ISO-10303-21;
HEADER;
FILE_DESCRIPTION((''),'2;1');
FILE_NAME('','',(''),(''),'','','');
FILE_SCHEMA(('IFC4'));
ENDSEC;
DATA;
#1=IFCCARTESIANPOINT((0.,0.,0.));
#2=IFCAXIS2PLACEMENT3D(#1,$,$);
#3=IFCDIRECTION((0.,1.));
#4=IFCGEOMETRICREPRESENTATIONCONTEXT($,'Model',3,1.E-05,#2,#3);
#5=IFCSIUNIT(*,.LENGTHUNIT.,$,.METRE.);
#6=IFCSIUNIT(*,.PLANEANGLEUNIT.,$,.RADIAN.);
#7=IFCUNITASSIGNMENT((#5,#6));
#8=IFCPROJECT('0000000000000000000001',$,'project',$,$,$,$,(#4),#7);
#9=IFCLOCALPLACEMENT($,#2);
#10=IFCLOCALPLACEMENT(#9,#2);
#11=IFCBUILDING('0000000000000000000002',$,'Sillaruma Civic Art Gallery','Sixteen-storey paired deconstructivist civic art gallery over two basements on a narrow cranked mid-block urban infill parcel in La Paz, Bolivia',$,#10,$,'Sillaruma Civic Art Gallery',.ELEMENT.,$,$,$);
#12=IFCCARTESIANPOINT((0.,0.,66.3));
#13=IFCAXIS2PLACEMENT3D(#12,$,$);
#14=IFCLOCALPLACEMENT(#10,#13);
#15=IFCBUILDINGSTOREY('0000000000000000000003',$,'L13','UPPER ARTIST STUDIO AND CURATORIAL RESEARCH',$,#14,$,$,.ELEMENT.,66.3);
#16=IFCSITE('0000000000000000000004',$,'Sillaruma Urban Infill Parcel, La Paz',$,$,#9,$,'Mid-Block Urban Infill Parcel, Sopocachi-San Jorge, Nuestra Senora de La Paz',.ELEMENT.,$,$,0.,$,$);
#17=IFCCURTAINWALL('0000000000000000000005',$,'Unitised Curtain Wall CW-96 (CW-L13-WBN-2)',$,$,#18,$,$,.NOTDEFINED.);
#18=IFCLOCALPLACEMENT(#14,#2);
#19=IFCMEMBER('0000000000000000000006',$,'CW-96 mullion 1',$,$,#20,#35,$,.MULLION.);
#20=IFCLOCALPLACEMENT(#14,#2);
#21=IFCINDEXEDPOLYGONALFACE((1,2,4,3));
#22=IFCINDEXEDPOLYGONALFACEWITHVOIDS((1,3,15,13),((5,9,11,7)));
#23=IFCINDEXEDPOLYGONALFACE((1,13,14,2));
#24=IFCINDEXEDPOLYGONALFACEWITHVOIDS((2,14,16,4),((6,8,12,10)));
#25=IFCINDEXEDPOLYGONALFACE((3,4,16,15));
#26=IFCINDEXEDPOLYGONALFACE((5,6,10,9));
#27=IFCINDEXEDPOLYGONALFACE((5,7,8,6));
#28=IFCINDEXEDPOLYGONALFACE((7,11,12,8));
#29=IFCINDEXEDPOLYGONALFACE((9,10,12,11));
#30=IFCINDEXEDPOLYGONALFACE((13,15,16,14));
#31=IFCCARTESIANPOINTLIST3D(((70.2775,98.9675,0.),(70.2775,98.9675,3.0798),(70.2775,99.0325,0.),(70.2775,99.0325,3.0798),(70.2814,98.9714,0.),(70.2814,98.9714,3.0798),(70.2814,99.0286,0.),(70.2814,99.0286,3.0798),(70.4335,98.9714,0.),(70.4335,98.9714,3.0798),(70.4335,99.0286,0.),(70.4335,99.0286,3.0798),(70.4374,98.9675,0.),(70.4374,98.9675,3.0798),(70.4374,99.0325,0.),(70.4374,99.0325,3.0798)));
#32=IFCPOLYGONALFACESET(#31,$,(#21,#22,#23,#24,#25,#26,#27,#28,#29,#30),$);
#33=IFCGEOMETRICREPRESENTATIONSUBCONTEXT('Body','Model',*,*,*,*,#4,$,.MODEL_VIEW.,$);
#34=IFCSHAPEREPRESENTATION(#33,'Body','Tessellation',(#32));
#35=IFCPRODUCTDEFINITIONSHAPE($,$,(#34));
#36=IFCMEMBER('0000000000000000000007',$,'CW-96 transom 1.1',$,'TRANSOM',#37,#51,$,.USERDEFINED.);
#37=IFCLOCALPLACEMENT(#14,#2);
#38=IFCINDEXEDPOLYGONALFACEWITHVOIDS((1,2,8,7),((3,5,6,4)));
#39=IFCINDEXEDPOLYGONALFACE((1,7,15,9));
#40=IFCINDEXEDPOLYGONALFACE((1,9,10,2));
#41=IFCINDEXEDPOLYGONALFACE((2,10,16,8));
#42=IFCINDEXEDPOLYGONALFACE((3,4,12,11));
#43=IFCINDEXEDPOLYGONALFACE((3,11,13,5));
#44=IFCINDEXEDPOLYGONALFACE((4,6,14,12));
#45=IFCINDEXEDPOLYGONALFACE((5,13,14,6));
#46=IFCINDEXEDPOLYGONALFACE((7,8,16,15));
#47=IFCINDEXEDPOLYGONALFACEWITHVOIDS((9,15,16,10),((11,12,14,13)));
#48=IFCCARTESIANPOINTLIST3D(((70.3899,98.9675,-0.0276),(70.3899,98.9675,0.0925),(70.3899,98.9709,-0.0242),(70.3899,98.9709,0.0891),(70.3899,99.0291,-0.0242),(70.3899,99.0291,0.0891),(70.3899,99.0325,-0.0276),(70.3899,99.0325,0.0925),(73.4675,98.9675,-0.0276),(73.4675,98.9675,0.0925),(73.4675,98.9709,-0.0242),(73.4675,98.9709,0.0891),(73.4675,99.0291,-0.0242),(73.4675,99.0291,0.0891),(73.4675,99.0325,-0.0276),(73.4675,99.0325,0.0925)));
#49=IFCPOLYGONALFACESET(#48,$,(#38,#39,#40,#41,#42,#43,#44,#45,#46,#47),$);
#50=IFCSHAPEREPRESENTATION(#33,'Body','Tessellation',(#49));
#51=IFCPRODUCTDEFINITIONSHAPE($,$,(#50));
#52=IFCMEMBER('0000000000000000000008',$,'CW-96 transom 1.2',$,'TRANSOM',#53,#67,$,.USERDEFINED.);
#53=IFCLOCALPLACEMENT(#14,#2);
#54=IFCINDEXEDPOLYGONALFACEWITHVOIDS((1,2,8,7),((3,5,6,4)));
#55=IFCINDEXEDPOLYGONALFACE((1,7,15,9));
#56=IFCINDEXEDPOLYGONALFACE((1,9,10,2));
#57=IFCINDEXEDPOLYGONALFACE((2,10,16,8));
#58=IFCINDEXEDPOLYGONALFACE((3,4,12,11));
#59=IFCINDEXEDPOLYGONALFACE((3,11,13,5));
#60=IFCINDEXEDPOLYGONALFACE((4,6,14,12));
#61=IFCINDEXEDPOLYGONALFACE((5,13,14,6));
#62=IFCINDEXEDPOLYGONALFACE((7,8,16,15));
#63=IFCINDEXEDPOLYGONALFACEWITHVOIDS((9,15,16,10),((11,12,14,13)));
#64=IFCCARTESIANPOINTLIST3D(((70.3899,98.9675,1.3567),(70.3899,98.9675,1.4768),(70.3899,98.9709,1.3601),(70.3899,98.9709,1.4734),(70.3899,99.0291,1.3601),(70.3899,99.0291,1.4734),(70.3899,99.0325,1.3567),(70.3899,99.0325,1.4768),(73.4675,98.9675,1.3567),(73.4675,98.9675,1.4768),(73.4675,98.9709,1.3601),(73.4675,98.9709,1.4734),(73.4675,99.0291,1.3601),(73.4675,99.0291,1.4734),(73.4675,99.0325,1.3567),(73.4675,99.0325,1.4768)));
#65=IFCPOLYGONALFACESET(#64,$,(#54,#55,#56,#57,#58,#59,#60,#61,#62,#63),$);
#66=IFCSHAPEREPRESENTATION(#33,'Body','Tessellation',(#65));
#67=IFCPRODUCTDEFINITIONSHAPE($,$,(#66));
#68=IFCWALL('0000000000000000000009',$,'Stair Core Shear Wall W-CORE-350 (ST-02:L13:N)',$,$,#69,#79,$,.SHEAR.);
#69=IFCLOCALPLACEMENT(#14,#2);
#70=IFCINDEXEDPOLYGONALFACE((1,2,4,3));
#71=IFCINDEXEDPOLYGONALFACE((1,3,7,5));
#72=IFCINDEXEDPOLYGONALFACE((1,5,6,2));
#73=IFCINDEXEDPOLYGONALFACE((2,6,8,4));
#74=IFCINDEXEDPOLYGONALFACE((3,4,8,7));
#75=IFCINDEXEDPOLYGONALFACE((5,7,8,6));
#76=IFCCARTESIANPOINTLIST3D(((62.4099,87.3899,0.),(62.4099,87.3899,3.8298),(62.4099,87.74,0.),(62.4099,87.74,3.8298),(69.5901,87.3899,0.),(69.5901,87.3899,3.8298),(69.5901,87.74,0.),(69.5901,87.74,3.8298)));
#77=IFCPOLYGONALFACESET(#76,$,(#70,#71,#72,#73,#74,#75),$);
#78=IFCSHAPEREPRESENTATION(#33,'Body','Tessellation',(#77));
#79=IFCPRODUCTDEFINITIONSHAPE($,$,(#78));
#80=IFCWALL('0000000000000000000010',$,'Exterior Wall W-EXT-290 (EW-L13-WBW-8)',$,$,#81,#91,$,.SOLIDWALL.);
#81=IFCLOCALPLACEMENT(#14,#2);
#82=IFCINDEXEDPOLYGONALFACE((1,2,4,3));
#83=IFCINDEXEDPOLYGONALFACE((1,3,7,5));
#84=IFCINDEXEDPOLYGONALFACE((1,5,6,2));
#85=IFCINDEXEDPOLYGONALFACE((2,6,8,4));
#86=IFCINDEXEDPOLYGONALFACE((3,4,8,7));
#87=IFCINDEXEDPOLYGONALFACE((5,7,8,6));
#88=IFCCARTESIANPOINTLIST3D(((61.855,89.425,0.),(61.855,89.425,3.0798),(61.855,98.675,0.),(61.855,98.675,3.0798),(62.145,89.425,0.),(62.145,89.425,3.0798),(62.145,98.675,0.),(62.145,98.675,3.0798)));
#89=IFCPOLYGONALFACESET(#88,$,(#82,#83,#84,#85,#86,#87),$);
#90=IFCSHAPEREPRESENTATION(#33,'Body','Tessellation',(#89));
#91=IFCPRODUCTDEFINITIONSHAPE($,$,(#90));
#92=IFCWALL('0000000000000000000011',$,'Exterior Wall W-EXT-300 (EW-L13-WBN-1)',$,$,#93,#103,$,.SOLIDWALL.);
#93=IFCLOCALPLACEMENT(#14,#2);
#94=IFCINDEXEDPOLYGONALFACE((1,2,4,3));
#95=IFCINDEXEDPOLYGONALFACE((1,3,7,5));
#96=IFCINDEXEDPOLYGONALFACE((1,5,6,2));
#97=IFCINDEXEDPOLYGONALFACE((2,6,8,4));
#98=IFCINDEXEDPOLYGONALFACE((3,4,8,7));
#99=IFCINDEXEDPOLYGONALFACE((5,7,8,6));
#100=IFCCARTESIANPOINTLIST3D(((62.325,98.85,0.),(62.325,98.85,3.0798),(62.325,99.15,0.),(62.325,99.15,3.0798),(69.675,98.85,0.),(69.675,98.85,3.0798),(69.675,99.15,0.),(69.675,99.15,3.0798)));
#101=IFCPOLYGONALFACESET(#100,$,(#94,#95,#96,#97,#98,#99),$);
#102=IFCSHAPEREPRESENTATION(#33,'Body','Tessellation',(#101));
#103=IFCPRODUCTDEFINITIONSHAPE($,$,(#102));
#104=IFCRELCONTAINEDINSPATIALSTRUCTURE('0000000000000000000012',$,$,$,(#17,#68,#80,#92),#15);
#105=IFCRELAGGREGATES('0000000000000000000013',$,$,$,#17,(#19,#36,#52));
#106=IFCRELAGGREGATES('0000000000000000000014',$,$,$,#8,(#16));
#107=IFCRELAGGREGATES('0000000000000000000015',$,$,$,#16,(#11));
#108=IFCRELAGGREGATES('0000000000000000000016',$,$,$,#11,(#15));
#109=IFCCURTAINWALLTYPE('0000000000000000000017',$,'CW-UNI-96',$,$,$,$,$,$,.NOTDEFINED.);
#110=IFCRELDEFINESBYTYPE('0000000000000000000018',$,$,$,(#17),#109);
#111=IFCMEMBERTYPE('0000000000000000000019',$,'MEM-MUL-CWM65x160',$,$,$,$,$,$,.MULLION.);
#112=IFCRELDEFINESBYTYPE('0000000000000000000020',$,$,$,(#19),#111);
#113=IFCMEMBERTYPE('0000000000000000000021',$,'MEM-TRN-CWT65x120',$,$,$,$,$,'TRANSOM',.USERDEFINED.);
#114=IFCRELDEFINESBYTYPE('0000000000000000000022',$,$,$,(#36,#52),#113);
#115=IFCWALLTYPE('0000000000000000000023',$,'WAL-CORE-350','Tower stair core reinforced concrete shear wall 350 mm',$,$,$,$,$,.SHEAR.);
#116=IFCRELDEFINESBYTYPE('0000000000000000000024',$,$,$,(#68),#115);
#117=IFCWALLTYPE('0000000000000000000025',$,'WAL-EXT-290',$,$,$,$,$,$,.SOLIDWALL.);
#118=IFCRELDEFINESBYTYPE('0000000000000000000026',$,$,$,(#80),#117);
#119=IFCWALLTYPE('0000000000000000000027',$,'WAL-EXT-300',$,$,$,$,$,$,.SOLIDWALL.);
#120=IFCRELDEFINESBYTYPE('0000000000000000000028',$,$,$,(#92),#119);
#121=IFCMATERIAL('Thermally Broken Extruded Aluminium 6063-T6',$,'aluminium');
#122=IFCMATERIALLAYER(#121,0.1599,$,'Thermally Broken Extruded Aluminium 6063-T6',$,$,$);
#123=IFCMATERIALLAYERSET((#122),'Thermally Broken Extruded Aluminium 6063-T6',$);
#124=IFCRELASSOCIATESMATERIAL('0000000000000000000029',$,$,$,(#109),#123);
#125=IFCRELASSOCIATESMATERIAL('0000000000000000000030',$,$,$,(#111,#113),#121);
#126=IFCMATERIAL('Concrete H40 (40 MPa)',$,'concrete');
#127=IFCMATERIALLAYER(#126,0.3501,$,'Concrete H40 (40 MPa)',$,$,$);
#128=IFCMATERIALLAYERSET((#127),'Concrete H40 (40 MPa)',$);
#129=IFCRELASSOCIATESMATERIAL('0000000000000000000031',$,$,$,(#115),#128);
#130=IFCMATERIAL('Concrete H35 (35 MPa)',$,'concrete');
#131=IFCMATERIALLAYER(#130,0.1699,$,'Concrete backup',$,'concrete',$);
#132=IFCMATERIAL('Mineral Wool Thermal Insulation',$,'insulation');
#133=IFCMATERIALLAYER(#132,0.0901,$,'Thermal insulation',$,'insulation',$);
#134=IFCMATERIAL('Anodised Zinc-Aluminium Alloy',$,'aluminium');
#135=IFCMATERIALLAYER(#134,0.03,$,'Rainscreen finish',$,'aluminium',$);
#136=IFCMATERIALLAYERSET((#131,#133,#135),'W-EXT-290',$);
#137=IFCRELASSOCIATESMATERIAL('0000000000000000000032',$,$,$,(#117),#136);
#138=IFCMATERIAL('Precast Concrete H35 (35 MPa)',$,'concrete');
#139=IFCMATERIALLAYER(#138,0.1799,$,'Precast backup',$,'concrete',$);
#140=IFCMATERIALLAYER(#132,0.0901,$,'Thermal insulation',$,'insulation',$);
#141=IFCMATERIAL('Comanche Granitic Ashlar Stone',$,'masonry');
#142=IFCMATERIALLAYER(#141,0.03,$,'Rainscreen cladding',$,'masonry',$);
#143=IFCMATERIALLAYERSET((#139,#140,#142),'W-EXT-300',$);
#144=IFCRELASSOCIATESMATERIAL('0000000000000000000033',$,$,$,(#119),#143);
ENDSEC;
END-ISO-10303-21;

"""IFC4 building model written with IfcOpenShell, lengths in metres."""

from ifc_helpers import new_model, si_unit, direction, frame, frame_2d, origin, origin_2d, place, context, subcontext, project, spatial, rectangle, hollow_rectangle, extrude, material, layer, layer_set, material_profile, profile_set, type_object, element, aggregate, save


model = new_model("IFC4")

# Units and contexts
model_context = context("Model", 3, precision=1e-05, world=origin(), true_north=direction((0.0, 1.0)))
body_context = subcontext(model_context, "Body", "Model", "MODEL_VIEW")
ifc_project = project(units=[si_unit("LENGTHUNIT", "METRE"), si_unit("PLANEANGLEUNIT", "RADIAN")], contexts=[model_context])

# Site, building, storey
site_placement = place(None, origin())
site = spatial("IfcSite", under=ifc_project, at=site_placement, Name="Sillaruma Urban Infill Parcel, La Paz", LongName="Mid-Block Urban Infill Parcel, Sopocachi-San Jorge, Nuestra Senora de La Paz", CompositionType="ELEMENT", RefElevation=0.0)
building_placement = place(site_placement, origin())
building = spatial("IfcBuilding", under=site, at=building_placement, Name="Sillaruma Civic Art Gallery", Description="Sixteen-storey paired deconstructivist civic art gallery over two basements on a narrow cranked mid-block urban infill parcel in La Paz, Bolivia", LongName="Sillaruma Civic Art Gallery", CompositionType="ELEMENT")
storey_placement = place(building_placement, frame((0.0, 0.0, 66.3)))
storey = spatial("IfcBuildingStorey", under=building, at=storey_placement, Name="L13", Description="UPPER ARTIST STUDIO AND CURATORIAL RESEARCH", CompositionType="ELEMENT", Elevation=66.3)

# Shared definitions
ifc_material_1 = material(Name="Concrete H40 (40 MPa)", Category="concrete")

# Shared definitions
ifc_material_2 = material(Name="Concrete H35 (35 MPa)", Category="concrete")

# Curtain wall, members
ifc_material_3 = material(Name="Thermally Broken Extruded Aluminium 6063-T6", Category="aluminium")
ifc_layer_1 = layer(ifc_material_3, 0.1599, Name="Thermally Broken Extruded Aluminium 6063-T6")
ifc_layer_set_1 = layer_set([ifc_layer_1], Name="Thermally Broken Extruded Aluminium 6063-T6")
curtain_wall_type = type_object("IfcCurtainWallType", Name="CW-UNI-96", PredefinedType="NOTDEFINED", material=ifc_layer_set_1)
curtain_wall_placement = place(storey_placement, origin())
curtain_wall = element("IfcCurtainWall", 1, at=curtain_wall_placement, inside=storey, type_object=curtain_wall_type, Name="Unitised Curtain Wall CW-96 (CW-L13-WBN-2)", PredefinedType="NOTDEFINED")
ifc_material_profile_1 = material_profile(ifc_material_3, hollow_rectangle(XDim=0.0649, YDim=0.1599, WallThickness=0.0039, at=origin_2d()), Name="CWM65x160")
ifc_profile_set_1 = profile_set([ifc_material_profile_1], Name="Thermally Broken Extruded Aluminium 6063-T6")
member_type_1 = type_object("IfcMemberType", Name="MEM-MUL-CWM65x160", PredefinedType="MULLION", material=ifc_profile_set_1)
member_1_placement = place(storey_placement, frame((70.3574, 99.0, 0.0), z_axis=(0.0, 0.0, 1.0), x_axis=(0.0, 1.0, 0.0)))
member_1 = element("IfcMember", 2, at=member_1_placement, type_object=member_type_1, Name="CW-96 mullion 1", PredefinedType="MULLION", context=body_context, shape_type="SweptSolid", body=[
    extrude(hollow_rectangle(XDim=0.0649, YDim=0.1599, WallThickness=0.0039, at=origin_2d()), origin(), (0.0, 0.0, 1.0), 3.0798),
])
ifc_material_profile_2 = material_profile(ifc_material_3, hollow_rectangle(XDim=0.0649, YDim=0.1201, WallThickness=0.0034, at=origin_2d()), Name="CWT65x120")
ifc_profile_set_2 = profile_set([ifc_material_profile_2], Name="Thermally Broken Extruded Aluminium 6063-T6")
member_type_2 = type_object("IfcMemberType", Name="MEM-TRN-CWT65x120", ElementType="TRANSOM", PredefinedType="USERDEFINED", material=ifc_profile_set_2)
member_2_placement = place(storey_placement, frame((70.3899, 99.0, 0.0325), z_axis=(1.0, 0.0, 0.0), x_axis=(0.0, 1.0, 0.0)))
member_2 = element("IfcMember", 3, at=member_2_placement, type_object=member_type_2, Name="CW-96 transom 1.1", ObjectType="TRANSOM", PredefinedType="USERDEFINED", context=body_context, shape_type="SweptSolid", body=[
    extrude(hollow_rectangle(XDim=0.0649, YDim=0.1201, WallThickness=0.0034, at=origin_2d()), origin(), (0.0, 0.0, 1.0), 3.0776),
])
member_3_placement = place(storey_placement, frame((70.3899, 99.0, 1.4167), z_axis=(1.0, 0.0, 0.0), x_axis=(0.0, 1.0, 0.0)))
member_3 = element("IfcMember", 4, at=member_3_placement, type_object=member_type_2, Name="CW-96 transom 1.2", ObjectType="TRANSOM", PredefinedType="USERDEFINED", context=body_context, shape_type="SweptSolid", body=[
    extrude(hollow_rectangle(XDim=0.0649, YDim=0.1201, WallThickness=0.0034, at=origin_2d()), origin(), (0.0, 0.0, 1.0), 3.0776),
])
aggregate(curtain_wall, [member_1, member_2, member_3])

# Walls
ifc_layer_2 = layer(ifc_material_1, 0.3501, Name="Concrete H40 (40 MPa)")
ifc_layer_set_2 = layer_set([ifc_layer_2], Name="Concrete H40 (40 MPa)")
wall_type_1 = type_object("IfcWallType", Name="WAL-CORE-350", Description="Tower stair core reinforced concrete shear wall 350 mm", PredefinedType="SHEAR", material=ifc_layer_set_2)
wall_1_placement = place(storey_placement, frame((62.4099, 87.5649, 0.0), z_axis=(0.0, 0.0, 1.0), x_axis=(1.0, 0.0, 0.0)))
element("IfcWall", 5, at=wall_1_placement, inside=storey, type_object=wall_type_1, Name="Stair Core Shear Wall W-CORE-350 (ST-02:L13:N)", PredefinedType="SHEAR", context=body_context, shape_type="SweptSolid", body=[
    extrude(rectangle(XDim=7.1802, YDim=0.3501, at=frame_2d((3.5901, 0.0))), origin(), (0.0, 0.0, 1.0), 3.8298),
])
ifc_layer_3 = layer(ifc_material_2, 0.1699, Name="Concrete backup", Category="concrete")
ifc_material_4 = material(Name="Mineral Wool Thermal Insulation", Category="insulation")
ifc_layer_4 = layer(ifc_material_4, 0.0901, Name="Thermal insulation", Category="insulation")
ifc_material_5 = material(Name="Anodised Zinc-Aluminium Alloy", Category="aluminium")
ifc_layer_5 = layer(ifc_material_5, 0.03, Name="Rainscreen finish", Category="aluminium")
ifc_layer_set_3 = layer_set([ifc_layer_3, ifc_layer_4, ifc_layer_5], Name="W-EXT-290")
wall_type_2 = type_object("IfcWallType", Name="WAL-EXT-290", PredefinedType="SOLIDWALL", material=ifc_layer_set_3)
wall_2_placement = place(storey_placement, frame((62.0, 89.425, 0.0), z_axis=(0.0, 0.0, 1.0), x_axis=(0.0, 1.0, 0.0)))
element("IfcWall", 6, at=wall_2_placement, inside=storey, type_object=wall_type_2, Name="Exterior Wall W-EXT-290 (EW-L13-WBW-8)", PredefinedType="SOLIDWALL", context=body_context, shape_type="SweptSolid", body=[
    extrude(rectangle(XDim=9.25, YDim=0.29, at=frame_2d((4.625, 0.0))), origin(), (0.0, 0.0, 1.0), 3.0798),
])
ifc_material_6 = material(Name="Precast Concrete H35 (35 MPa)", Category="concrete")
ifc_layer_6 = layer(ifc_material_6, 0.1799, Name="Precast backup", Category="concrete")
ifc_layer_7 = layer(ifc_material_4, 0.0901, Name="Thermal insulation", Category="insulation")
ifc_material_7 = material(Name="Comanche Granitic Ashlar Stone", Category="masonry")
ifc_layer_8 = layer(ifc_material_7, 0.03, Name="Rainscreen cladding", Category="masonry")
ifc_layer_set_4 = layer_set([ifc_layer_6, ifc_layer_7, ifc_layer_8], Name="W-EXT-300")
wall_type_3 = type_object("IfcWallType", Name="WAL-EXT-300", PredefinedType="SOLIDWALL", material=ifc_layer_set_4)
wall_3_placement = place(storey_placement, frame((62.325, 99.0, 0.0), z_axis=(0.0, 0.0, 1.0), x_axis=(1.0, 0.0, 0.0)))
element("IfcWall", 7, at=wall_3_placement, inside=storey, type_object=wall_type_3, Name="Exterior Wall W-EXT-300 (EW-L13-WBN-1)", PredefinedType="SOLIDWALL", context=body_context, shape_type="SweptSolid", body=[
    extrude(rectangle(XDim=7.3501, YDim=0.3, at=frame_2d((3.675, 0.0))), origin(), (0.0, 0.0, 1.0), 3.0798),
])

save(model, "model.ifc")
